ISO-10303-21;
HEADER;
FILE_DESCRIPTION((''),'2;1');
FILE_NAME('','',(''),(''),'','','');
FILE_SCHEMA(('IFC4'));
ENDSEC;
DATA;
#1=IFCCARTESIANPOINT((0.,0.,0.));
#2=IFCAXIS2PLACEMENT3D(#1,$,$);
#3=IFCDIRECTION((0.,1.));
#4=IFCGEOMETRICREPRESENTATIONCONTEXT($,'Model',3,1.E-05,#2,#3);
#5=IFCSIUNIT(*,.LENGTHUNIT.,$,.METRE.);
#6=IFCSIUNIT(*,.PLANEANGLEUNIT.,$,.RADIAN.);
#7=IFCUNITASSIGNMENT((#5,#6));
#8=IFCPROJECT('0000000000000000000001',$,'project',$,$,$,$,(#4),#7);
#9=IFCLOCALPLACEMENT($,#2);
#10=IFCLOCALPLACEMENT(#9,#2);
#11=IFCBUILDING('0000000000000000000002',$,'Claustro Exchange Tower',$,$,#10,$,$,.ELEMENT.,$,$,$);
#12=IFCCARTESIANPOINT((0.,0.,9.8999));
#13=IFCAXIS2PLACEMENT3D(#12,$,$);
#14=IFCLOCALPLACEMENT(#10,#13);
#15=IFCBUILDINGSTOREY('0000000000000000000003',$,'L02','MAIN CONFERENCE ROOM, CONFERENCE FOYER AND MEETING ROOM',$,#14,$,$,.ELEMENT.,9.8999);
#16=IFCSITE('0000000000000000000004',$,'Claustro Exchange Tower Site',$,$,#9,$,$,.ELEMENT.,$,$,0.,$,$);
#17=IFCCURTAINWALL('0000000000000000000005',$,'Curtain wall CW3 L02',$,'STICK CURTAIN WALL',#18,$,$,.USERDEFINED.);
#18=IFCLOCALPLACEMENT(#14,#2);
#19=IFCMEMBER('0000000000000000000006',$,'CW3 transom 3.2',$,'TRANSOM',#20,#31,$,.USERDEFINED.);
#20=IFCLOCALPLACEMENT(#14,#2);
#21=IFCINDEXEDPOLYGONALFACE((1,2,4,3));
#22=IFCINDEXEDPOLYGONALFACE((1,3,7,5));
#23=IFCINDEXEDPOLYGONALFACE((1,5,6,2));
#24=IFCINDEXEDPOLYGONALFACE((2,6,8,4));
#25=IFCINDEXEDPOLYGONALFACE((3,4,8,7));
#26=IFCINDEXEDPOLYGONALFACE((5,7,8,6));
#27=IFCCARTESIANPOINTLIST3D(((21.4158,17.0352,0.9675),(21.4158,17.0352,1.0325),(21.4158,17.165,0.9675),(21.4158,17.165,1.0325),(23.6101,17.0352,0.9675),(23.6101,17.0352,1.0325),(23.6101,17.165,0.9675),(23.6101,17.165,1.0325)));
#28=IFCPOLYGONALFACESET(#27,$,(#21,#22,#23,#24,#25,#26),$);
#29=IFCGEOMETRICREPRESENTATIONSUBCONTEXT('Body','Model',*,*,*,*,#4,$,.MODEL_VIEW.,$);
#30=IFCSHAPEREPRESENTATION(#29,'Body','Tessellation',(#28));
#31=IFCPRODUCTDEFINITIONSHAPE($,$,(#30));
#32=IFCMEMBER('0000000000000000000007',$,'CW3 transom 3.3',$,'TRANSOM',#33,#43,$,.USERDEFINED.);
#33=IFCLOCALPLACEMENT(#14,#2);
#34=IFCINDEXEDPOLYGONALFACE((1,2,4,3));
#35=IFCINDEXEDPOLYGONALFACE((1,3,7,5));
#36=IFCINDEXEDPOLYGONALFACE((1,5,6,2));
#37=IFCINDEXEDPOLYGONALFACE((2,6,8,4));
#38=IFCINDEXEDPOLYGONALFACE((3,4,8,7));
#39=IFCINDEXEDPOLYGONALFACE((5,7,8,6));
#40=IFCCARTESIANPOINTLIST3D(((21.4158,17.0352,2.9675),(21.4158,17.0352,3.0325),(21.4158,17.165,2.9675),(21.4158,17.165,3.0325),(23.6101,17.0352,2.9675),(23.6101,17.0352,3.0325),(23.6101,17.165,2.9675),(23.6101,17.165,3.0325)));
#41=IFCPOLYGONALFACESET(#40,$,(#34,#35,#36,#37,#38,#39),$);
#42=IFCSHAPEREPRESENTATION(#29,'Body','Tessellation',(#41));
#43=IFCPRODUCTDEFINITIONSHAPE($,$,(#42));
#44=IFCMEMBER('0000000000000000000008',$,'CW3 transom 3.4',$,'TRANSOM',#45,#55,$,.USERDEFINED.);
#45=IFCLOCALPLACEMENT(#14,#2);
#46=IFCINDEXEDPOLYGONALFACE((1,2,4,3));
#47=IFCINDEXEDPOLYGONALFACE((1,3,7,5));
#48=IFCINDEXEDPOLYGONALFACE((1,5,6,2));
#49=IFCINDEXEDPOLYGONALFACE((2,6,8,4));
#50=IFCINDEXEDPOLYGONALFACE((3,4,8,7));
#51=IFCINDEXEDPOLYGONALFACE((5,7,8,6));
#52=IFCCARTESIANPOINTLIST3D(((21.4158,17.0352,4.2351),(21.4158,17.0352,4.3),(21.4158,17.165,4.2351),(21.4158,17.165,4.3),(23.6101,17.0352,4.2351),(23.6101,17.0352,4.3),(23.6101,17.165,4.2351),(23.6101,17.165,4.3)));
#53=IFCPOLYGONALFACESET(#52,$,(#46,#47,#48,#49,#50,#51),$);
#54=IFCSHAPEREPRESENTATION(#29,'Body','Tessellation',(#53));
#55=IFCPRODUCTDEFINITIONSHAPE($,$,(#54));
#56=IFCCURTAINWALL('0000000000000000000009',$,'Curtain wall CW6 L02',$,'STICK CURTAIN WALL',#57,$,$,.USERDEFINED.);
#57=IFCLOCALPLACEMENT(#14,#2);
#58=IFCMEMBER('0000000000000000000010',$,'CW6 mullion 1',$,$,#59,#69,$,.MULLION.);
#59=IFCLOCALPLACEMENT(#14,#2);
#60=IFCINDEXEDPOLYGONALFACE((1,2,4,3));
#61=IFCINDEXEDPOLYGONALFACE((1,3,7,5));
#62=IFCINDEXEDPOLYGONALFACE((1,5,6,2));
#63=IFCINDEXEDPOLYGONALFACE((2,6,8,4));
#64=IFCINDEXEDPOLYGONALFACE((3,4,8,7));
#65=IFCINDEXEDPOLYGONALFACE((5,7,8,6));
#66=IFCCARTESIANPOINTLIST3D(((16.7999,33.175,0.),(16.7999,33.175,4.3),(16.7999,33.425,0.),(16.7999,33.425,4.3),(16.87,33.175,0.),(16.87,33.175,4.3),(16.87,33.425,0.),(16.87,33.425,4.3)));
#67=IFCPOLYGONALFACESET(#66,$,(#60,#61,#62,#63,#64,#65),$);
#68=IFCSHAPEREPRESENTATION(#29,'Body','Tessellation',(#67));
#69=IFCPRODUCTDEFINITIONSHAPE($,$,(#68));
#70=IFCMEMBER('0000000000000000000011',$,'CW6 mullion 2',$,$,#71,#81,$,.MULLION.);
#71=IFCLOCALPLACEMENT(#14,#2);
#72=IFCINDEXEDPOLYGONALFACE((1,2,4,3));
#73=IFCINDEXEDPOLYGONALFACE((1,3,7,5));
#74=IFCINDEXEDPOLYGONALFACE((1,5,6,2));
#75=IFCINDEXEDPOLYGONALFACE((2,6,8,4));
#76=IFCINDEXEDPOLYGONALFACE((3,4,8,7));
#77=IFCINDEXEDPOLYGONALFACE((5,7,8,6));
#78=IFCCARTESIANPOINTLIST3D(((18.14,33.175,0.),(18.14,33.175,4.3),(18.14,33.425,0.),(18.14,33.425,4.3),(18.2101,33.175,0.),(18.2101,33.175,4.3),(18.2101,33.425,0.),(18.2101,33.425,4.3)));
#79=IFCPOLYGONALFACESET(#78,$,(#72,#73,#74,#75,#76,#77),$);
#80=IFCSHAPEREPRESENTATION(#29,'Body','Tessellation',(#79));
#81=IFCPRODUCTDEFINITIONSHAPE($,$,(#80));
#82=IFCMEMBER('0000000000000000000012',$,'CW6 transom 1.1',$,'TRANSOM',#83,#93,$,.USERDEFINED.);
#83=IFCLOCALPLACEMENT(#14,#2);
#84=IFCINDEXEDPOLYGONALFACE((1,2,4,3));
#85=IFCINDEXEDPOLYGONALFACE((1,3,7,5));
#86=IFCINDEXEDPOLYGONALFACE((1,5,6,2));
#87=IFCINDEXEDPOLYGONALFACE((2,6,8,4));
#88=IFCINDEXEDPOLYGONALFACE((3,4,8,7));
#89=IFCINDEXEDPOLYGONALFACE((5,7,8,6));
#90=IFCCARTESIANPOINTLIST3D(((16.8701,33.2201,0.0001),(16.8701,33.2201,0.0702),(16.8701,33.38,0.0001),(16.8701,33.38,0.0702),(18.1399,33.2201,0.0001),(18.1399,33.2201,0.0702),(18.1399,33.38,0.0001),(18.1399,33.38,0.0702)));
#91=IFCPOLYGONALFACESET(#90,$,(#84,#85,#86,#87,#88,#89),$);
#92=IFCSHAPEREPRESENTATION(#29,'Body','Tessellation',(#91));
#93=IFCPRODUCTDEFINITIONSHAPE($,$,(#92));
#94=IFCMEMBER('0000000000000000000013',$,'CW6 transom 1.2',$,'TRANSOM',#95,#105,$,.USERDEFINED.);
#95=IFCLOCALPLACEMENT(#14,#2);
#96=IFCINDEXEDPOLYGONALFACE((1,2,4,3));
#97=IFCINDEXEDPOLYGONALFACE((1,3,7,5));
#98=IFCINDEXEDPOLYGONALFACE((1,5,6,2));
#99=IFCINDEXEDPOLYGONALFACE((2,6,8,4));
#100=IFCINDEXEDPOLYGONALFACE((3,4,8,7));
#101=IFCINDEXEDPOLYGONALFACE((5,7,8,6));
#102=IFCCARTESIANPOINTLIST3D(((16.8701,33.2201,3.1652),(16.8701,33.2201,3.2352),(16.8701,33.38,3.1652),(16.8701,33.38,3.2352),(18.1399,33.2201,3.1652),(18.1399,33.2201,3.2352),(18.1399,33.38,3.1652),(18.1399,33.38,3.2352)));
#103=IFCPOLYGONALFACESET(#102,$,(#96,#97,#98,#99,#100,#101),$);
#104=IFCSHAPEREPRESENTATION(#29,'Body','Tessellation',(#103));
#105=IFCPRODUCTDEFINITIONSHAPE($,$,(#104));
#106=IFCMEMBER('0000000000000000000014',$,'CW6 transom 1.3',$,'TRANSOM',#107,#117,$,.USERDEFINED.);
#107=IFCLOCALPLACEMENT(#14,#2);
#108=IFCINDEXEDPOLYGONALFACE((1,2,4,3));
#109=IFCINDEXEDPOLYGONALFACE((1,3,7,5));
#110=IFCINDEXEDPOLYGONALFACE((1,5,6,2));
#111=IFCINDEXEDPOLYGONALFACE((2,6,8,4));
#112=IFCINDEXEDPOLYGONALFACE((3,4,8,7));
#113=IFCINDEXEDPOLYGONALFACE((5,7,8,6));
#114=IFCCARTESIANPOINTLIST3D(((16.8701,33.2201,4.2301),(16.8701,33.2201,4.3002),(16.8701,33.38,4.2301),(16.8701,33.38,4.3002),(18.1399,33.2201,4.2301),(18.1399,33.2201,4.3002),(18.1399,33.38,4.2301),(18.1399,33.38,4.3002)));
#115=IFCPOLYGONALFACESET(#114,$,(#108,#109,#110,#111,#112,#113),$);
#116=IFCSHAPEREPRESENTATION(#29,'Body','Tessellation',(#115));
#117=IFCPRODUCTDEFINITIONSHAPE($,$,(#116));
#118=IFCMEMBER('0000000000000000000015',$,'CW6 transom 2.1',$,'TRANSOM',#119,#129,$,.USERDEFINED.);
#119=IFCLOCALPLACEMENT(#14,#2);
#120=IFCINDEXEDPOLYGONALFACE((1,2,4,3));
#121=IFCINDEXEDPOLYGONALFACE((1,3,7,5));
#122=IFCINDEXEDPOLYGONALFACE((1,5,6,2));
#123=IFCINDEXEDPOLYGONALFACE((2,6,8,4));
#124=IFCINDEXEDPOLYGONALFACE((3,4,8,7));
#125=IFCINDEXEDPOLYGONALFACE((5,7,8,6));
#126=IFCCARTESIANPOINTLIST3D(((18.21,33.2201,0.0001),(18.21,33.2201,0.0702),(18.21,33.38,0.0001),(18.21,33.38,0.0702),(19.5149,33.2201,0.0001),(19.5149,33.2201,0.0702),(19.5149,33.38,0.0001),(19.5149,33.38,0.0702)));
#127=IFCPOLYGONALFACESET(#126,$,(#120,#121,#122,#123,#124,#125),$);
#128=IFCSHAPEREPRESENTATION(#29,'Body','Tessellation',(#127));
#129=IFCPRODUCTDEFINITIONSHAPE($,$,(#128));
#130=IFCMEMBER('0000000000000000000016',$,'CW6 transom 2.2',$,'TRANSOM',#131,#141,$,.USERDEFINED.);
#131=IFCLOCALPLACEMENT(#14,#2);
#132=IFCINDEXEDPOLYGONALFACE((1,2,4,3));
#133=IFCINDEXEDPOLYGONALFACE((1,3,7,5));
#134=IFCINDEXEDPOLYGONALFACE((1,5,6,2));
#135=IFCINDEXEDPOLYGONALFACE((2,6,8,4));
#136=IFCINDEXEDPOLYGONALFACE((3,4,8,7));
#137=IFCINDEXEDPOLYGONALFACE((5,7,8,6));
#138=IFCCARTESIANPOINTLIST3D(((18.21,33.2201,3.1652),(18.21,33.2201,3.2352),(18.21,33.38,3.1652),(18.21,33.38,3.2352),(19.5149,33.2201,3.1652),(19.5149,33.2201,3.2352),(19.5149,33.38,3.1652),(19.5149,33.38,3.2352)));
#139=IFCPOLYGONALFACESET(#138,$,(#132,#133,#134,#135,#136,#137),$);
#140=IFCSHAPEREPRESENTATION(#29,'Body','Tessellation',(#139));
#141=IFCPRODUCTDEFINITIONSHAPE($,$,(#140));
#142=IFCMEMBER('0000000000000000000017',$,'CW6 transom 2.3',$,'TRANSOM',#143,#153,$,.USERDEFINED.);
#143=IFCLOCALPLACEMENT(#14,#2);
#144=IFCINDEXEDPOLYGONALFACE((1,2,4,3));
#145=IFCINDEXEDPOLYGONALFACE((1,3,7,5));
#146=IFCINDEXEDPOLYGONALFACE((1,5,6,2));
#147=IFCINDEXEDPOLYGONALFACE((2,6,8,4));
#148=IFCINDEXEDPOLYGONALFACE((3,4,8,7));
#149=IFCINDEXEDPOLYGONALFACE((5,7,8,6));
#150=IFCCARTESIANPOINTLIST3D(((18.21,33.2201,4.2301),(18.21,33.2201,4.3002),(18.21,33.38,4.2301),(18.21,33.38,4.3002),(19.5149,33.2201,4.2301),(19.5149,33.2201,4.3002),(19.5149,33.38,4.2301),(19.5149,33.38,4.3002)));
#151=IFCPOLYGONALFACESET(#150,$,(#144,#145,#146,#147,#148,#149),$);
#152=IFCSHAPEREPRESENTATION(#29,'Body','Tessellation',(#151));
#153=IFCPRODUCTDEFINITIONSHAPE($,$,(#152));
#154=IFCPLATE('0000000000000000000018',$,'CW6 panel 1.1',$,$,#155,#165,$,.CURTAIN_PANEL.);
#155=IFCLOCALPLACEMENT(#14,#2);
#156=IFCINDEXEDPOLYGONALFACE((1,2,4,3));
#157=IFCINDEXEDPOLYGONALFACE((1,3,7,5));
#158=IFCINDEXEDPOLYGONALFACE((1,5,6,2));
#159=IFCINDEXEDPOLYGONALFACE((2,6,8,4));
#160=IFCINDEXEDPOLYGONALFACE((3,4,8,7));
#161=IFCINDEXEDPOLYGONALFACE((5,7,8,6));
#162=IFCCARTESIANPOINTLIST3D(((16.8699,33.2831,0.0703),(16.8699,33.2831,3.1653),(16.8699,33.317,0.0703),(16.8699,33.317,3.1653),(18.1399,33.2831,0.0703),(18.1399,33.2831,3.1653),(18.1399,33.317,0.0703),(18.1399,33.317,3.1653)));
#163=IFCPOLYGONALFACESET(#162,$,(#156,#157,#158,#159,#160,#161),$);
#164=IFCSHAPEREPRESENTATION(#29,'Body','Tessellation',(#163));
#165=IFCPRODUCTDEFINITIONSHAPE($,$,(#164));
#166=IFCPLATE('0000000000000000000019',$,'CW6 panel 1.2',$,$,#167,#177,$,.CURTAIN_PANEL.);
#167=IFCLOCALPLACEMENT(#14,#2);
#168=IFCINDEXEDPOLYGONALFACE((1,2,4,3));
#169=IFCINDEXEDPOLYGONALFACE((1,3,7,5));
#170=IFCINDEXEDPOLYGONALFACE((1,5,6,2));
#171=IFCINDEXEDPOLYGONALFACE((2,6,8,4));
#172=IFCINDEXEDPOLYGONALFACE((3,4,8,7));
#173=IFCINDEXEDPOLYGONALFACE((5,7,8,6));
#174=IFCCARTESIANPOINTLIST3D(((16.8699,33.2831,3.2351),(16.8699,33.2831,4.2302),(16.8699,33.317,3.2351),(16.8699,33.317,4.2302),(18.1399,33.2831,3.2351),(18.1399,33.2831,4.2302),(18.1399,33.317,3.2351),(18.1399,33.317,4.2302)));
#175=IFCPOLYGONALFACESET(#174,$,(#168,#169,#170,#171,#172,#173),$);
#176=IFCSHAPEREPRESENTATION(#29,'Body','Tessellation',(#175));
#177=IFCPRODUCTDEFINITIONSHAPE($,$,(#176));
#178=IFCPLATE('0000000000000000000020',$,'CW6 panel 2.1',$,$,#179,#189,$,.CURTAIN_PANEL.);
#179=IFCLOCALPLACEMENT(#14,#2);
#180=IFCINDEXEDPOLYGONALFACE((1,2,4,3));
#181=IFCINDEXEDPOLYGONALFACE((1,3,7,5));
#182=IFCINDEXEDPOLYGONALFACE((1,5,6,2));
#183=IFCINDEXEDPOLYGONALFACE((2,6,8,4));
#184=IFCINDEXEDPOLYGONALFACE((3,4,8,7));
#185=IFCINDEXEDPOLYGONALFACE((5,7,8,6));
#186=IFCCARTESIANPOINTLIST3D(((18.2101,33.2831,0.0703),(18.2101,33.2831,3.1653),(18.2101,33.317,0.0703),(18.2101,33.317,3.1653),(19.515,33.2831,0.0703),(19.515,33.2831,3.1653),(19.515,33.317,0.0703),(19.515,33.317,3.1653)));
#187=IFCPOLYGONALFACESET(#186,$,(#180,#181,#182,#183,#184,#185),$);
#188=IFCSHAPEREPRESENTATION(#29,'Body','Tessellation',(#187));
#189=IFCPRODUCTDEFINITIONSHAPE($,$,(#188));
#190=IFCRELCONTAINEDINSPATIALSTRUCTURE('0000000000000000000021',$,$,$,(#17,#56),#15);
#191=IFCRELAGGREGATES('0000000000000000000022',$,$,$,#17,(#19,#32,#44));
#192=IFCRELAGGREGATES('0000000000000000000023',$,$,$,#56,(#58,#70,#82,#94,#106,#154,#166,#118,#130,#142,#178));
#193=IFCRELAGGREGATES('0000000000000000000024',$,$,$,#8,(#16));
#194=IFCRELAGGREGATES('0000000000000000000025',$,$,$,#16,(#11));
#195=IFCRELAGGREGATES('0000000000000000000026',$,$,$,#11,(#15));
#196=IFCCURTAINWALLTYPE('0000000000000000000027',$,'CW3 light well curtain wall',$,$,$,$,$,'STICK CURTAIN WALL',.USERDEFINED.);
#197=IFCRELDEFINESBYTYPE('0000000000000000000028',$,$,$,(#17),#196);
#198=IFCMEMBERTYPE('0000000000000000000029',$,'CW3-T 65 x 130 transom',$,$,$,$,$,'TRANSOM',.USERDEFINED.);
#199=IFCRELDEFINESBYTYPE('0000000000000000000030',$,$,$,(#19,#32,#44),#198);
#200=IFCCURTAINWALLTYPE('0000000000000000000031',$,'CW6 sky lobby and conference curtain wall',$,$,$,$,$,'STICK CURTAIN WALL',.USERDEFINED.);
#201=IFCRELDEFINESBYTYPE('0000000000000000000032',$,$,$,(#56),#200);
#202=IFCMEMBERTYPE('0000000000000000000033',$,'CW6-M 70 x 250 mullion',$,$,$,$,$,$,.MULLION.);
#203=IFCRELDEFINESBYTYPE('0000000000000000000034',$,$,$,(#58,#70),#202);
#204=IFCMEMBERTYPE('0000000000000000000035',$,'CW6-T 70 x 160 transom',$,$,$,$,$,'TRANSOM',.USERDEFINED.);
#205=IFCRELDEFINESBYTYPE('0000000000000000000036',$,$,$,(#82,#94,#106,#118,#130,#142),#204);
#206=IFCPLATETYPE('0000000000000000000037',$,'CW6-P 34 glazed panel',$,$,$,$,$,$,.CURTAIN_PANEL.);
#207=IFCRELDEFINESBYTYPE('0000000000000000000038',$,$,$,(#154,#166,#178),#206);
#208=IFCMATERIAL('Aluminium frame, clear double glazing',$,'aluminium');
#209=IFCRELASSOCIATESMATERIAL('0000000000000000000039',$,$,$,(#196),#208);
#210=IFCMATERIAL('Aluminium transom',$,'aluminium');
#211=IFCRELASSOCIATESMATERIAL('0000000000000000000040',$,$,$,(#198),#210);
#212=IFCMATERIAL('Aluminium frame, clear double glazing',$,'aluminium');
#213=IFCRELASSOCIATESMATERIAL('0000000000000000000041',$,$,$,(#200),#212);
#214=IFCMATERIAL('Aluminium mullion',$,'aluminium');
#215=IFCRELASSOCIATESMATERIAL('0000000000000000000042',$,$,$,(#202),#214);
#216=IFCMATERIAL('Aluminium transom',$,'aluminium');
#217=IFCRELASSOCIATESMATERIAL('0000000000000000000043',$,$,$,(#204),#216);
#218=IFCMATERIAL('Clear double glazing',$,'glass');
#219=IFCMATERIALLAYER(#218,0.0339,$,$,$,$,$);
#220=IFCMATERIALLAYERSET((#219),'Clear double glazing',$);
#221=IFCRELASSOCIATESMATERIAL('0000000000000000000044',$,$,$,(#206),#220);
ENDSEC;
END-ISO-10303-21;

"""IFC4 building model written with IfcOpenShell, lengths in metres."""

from ifc_helpers import new_model, si_unit, direction, frame, origin, origin_2d, place, context, subcontext, project, spatial, rectangle, extrude, material, layer, layer_set, material_profile, profile_set, type_object, element, aggregate, save


model = new_model("IFC4")

# Units and contexts
model_context = context("Model", 3, precision=1e-05, world=origin(), true_north=direction((0.0, 1.0)))
body_context = subcontext(model_context, "Body", "Model", "MODEL_VIEW")
ifc_project = project(units=[si_unit("LENGTHUNIT", "METRE"), si_unit("PLANEANGLEUNIT", "RADIAN")], contexts=[model_context])

# Site, building, storey
site_placement = place(None, origin())
site = spatial("IfcSite", under=ifc_project, at=site_placement, Name="Claustro Exchange Tower Site", CompositionType="ELEMENT", RefElevation=0.0)
building_placement = place(site_placement, origin())
building = spatial("IfcBuilding", under=site, at=building_placement, Name="Claustro Exchange Tower", CompositionType="ELEMENT")
storey_placement = place(building_placement, frame((0.0, 0.0, 9.8999)))
storey = spatial("IfcBuildingStorey", under=building, at=storey_placement, Name="L02", Description="MAIN CONFERENCE ROOM, CONFERENCE FOYER AND MEETING ROOM", CompositionType="ELEMENT", Elevation=9.8999)

# Curtain wall, members
ifc_material_1 = material(Name="Aluminium frame, clear double glazing", Category="aluminium")
curtain_wall_type_1 = type_object("IfcCurtainWallType", Name="CW3 light well curtain wall", ElementType="STICK CURTAIN WALL", PredefinedType="USERDEFINED", material=ifc_material_1)
curtain_wall_1_placement = place(storey_placement, origin())
curtain_wall_1 = element("IfcCurtainWall", 1, at=curtain_wall_1_placement, inside=storey, type_object=curtain_wall_type_1, Name="Curtain wall CW3 L02", ObjectType="STICK CURTAIN WALL", PredefinedType="USERDEFINED")
ifc_material_2 = material(Name="Aluminium transom", Category="aluminium")
ifc_material_profile_1 = material_profile(ifc_material_2, rectangle(XDim=0.1299, YDim=0.0649, at=origin_2d()), Name="CW3-T 65x130")
ifc_profile_set_1 = profile_set([ifc_material_profile_1], Name="Aluminium transom")
member_type_1 = type_object("IfcMemberType", Name="CW3-T 65 x 130 transom", ElementType="TRANSOM", PredefinedType="USERDEFINED", material=ifc_profile_set_1)
member_1_placement = place(storey_placement, frame((21.4158, 17.1001, 1.0), z_axis=(1.0, 0.0, 0.0), x_axis=(0.0, 1.0, 0.0)))
member_1 = element("IfcMember", 2, at=member_1_placement, type_object=member_type_1, Name="CW3 transom 3.2", ObjectType="TRANSOM", PredefinedType="USERDEFINED", context=body_context, shape_type="SweptSolid", body=[
    extrude(rectangle(XDim=0.1299, YDim=0.0649, at=origin_2d()), origin(), (0.0, 0.0, 1.0), 2.1943),
])
member_2_placement = place(storey_placement, frame((21.4158, 17.1001, 3.0), z_axis=(1.0, 0.0, 0.0), x_axis=(0.0, 1.0, 0.0)))
member_2 = element("IfcMember", 3, at=member_2_placement, type_object=member_type_1, Name="CW3 transom 3.3", ObjectType="TRANSOM", PredefinedType="USERDEFINED", context=body_context, shape_type="SweptSolid", body=[
    extrude(rectangle(XDim=0.1299, YDim=0.0649, at=origin_2d()), origin(), (0.0, 0.0, 1.0), 2.1943),
])
member_3_placement = place(storey_placement, frame((21.4158, 17.1001, 4.2676), z_axis=(1.0, 0.0, 0.0), x_axis=(0.0, 1.0, 0.0)))
member_3 = element("IfcMember", 4, at=member_3_placement, type_object=member_type_1, Name="CW3 transom 3.4", ObjectType="TRANSOM", PredefinedType="USERDEFINED", context=body_context, shape_type="SweptSolid", body=[
    extrude(rectangle(XDim=0.1299, YDim=0.0649, at=origin_2d()), origin(), (0.0, 0.0, 1.0), 2.1943),
])
aggregate(curtain_wall_1, [member_1, member_2, member_3])

# Curtain wall, members, plates
ifc_material_3 = material(Name="Aluminium frame, clear double glazing", Category="aluminium")
curtain_wall_type_2 = type_object("IfcCurtainWallType", Name="CW6 sky lobby and conference curtain wall", ElementType="STICK CURTAIN WALL", PredefinedType="USERDEFINED", material=ifc_material_3)
curtain_wall_2_placement = place(storey_placement, origin())
curtain_wall_2 = element("IfcCurtainWall", 5, at=curtain_wall_2_placement, inside=storey, type_object=curtain_wall_type_2, Name="Curtain wall CW6 L02", ObjectType="STICK CURTAIN WALL", PredefinedType="USERDEFINED")
ifc_material_4 = material(Name="Aluminium mullion", Category="aluminium")
ifc_material_profile_2 = material_profile(ifc_material_4, rectangle(XDim=0.25, YDim=0.0701, at=origin_2d()), Name="CW6-M 70x250")
ifc_profile_set_2 = profile_set([ifc_material_profile_2], Name="Aluminium mullion")
member_type_2 = type_object("IfcMemberType", Name="CW6-M 70 x 250 mullion", PredefinedType="MULLION", material=ifc_profile_set_2)
member_4_placement = place(storey_placement, frame((16.835, 33.3, 0.0), z_axis=(0.0, 0.0, 1.0), x_axis=(0.0, 1.0, 0.0)))
member_4 = element("IfcMember", 6, at=member_4_placement, type_object=member_type_2, Name="CW6 mullion 1", PredefinedType="MULLION", context=body_context, shape_type="SweptSolid", body=[
    extrude(rectangle(XDim=0.25, YDim=0.0701, at=origin_2d()), origin(), (0.0, 0.0, 1.0), 4.3),
])
member_5_placement = place(storey_placement, frame((18.175, 33.3, 0.0), z_axis=(0.0, 0.0, 1.0), x_axis=(0.0, 1.0, 0.0)))
member_5 = element("IfcMember", 7, at=member_5_placement, type_object=member_type_2, Name="CW6 mullion 2", PredefinedType="MULLION", context=body_context, shape_type="SweptSolid", body=[
    extrude(rectangle(XDim=0.25, YDim=0.0701, at=origin_2d()), origin(), (0.0, 0.0, 1.0), 4.3),
])
ifc_material_5 = material(Name="Aluminium transom", Category="aluminium")
ifc_material_profile_3 = material_profile(ifc_material_5, rectangle(XDim=0.1599, YDim=0.0701, at=origin_2d()), Name="CW6-T 70x160")
ifc_profile_set_3 = profile_set([ifc_material_profile_3], Name="Aluminium transom")
member_type_3 = type_object("IfcMemberType", Name="CW6-T 70 x 160 transom", ElementType="TRANSOM", PredefinedType="USERDEFINED", material=ifc_profile_set_3)
member_6_placement = place(storey_placement, frame((16.8701, 33.3, 0.0352), z_axis=(1.0, 0.0, 0.0), x_axis=(0.0, 1.0, 0.0)))
member_6 = element("IfcMember", 8, at=member_6_placement, type_object=member_type_3, Name="CW6 transom 1.1", ObjectType="TRANSOM", PredefinedType="USERDEFINED", context=body_context, shape_type="SweptSolid", body=[
    extrude(rectangle(XDim=0.1599, YDim=0.0701, at=origin_2d()), origin(), (0.0, 0.0, 1.0), 1.2698),
])
member_7_placement = place(storey_placement, frame((16.8701, 33.3, 3.2002), z_axis=(1.0, 0.0, 0.0), x_axis=(0.0, 1.0, 0.0)))
member_7 = element("IfcMember", 9, at=member_7_placement, type_object=member_type_3, Name="CW6 transom 1.2", ObjectType="TRANSOM", PredefinedType="USERDEFINED", context=body_context, shape_type="SweptSolid", body=[
    extrude(rectangle(XDim=0.1599, YDim=0.0701, at=origin_2d()), origin(), (0.0, 0.0, 1.0), 1.2698),
])
member_8_placement = place(storey_placement, frame((16.8701, 33.3, 4.2651), z_axis=(1.0, 0.0, 0.0), x_axis=(0.0, 1.0, 0.0)))
member_8 = element("IfcMember", 10, at=member_8_placement, type_object=member_type_3, Name="CW6 transom 1.3", ObjectType="TRANSOM", PredefinedType="USERDEFINED", context=body_context, shape_type="SweptSolid", body=[
    extrude(rectangle(XDim=0.1599, YDim=0.0701, at=origin_2d()), origin(), (0.0, 0.0, 1.0), 1.2698),
])
member_9_placement = place(storey_placement, frame((18.21, 33.3, 0.0352), z_axis=(1.0, 0.0, 0.0), x_axis=(0.0, 1.0, 0.0)))
member_9 = element("IfcMember", 11, at=member_9_placement, type_object=member_type_3, Name="CW6 transom 2.1", ObjectType="TRANSOM", PredefinedType="USERDEFINED", context=body_context, shape_type="SweptSolid", body=[
    extrude(rectangle(XDim=0.1599, YDim=0.0701, at=origin_2d()), origin(), (0.0, 0.0, 1.0), 1.3049),
])
member_10_placement = place(storey_placement, frame((18.21, 33.3, 3.2002), z_axis=(1.0, 0.0, 0.0), x_axis=(0.0, 1.0, 0.0)))
member_10 = element("IfcMember", 12, at=member_10_placement, type_object=member_type_3, Name="CW6 transom 2.2", ObjectType="TRANSOM", PredefinedType="USERDEFINED", context=body_context, shape_type="SweptSolid", body=[
    extrude(rectangle(XDim=0.1599, YDim=0.0701, at=origin_2d()), origin(), (0.0, 0.0, 1.0), 1.3049),
])
member_11_placement = place(storey_placement, frame((18.21, 33.3, 4.2651), z_axis=(1.0, 0.0, 0.0), x_axis=(0.0, 1.0, 0.0)))
member_11 = element("IfcMember", 13, at=member_11_placement, type_object=member_type_3, Name="CW6 transom 2.3", ObjectType="TRANSOM", PredefinedType="USERDEFINED", context=body_context, shape_type="SweptSolid", body=[
    extrude(rectangle(XDim=0.1599, YDim=0.0701, at=origin_2d()), origin(), (0.0, 0.0, 1.0), 1.3049),
])
ifc_material_6 = material(Name="Clear double glazing", Category="glass")
ifc_layer_1 = layer(ifc_material_6, 0.0339)
ifc_layer_set_1 = layer_set([ifc_layer_1], Name="Clear double glazing")
plate_type = type_object("IfcPlateType", Name="CW6-P 34 glazed panel", PredefinedType="CURTAIN_PANEL", material=ifc_layer_set_1)
plate_1_placement = place(storey_placement, frame((17.5049, 33.3, 0.0703), z_axis=(0.0, 0.0, 1.0), x_axis=(1.0, 0.0, 0.0)))
plate_1 = element("IfcPlate", 14, at=plate_1_placement, type_object=plate_type, Name="CW6 panel 1.1", PredefinedType="CURTAIN_PANEL", context=body_context, shape_type="SweptSolid", body=[
    extrude(rectangle(XDim=1.27, YDim=0.0339, at=origin_2d()), origin(), (0.0, 0.0, 1.0), 3.095),
])
plate_2_placement = place(storey_placement, frame((17.5049, 33.3, 3.2351), z_axis=(0.0, 0.0, 1.0), x_axis=(1.0, 0.0, 0.0)))
plate_2 = element("IfcPlate", 15, at=plate_2_placement, type_object=plate_type, Name="CW6 panel 1.2", PredefinedType="CURTAIN_PANEL", context=body_context, shape_type="SweptSolid", body=[
    extrude(rectangle(XDim=1.27, YDim=0.0339, at=origin_2d()), origin(), (0.0, 0.0, 1.0), 0.9951),
])
plate_3_placement = place(storey_placement, frame((18.8625, 33.3, 0.0703), z_axis=(0.0, 0.0, 1.0), x_axis=(1.0, 0.0, 0.0)))
plate_3 = element("IfcPlate", 16, at=plate_3_placement, type_object=plate_type, Name="CW6 panel 2.1", PredefinedType="CURTAIN_PANEL", context=body_context, shape_type="SweptSolid", body=[
    extrude(rectangle(XDim=1.3049, YDim=0.0339, at=origin_2d()), origin(), (0.0, 0.0, 1.0), 3.095),
])
aggregate(curtain_wall_2, [member_4, member_5, member_6, member_7, member_8, plate_1, plate_2, member_9, member_10, member_11, plate_3])

save(model, "model.ifc")
